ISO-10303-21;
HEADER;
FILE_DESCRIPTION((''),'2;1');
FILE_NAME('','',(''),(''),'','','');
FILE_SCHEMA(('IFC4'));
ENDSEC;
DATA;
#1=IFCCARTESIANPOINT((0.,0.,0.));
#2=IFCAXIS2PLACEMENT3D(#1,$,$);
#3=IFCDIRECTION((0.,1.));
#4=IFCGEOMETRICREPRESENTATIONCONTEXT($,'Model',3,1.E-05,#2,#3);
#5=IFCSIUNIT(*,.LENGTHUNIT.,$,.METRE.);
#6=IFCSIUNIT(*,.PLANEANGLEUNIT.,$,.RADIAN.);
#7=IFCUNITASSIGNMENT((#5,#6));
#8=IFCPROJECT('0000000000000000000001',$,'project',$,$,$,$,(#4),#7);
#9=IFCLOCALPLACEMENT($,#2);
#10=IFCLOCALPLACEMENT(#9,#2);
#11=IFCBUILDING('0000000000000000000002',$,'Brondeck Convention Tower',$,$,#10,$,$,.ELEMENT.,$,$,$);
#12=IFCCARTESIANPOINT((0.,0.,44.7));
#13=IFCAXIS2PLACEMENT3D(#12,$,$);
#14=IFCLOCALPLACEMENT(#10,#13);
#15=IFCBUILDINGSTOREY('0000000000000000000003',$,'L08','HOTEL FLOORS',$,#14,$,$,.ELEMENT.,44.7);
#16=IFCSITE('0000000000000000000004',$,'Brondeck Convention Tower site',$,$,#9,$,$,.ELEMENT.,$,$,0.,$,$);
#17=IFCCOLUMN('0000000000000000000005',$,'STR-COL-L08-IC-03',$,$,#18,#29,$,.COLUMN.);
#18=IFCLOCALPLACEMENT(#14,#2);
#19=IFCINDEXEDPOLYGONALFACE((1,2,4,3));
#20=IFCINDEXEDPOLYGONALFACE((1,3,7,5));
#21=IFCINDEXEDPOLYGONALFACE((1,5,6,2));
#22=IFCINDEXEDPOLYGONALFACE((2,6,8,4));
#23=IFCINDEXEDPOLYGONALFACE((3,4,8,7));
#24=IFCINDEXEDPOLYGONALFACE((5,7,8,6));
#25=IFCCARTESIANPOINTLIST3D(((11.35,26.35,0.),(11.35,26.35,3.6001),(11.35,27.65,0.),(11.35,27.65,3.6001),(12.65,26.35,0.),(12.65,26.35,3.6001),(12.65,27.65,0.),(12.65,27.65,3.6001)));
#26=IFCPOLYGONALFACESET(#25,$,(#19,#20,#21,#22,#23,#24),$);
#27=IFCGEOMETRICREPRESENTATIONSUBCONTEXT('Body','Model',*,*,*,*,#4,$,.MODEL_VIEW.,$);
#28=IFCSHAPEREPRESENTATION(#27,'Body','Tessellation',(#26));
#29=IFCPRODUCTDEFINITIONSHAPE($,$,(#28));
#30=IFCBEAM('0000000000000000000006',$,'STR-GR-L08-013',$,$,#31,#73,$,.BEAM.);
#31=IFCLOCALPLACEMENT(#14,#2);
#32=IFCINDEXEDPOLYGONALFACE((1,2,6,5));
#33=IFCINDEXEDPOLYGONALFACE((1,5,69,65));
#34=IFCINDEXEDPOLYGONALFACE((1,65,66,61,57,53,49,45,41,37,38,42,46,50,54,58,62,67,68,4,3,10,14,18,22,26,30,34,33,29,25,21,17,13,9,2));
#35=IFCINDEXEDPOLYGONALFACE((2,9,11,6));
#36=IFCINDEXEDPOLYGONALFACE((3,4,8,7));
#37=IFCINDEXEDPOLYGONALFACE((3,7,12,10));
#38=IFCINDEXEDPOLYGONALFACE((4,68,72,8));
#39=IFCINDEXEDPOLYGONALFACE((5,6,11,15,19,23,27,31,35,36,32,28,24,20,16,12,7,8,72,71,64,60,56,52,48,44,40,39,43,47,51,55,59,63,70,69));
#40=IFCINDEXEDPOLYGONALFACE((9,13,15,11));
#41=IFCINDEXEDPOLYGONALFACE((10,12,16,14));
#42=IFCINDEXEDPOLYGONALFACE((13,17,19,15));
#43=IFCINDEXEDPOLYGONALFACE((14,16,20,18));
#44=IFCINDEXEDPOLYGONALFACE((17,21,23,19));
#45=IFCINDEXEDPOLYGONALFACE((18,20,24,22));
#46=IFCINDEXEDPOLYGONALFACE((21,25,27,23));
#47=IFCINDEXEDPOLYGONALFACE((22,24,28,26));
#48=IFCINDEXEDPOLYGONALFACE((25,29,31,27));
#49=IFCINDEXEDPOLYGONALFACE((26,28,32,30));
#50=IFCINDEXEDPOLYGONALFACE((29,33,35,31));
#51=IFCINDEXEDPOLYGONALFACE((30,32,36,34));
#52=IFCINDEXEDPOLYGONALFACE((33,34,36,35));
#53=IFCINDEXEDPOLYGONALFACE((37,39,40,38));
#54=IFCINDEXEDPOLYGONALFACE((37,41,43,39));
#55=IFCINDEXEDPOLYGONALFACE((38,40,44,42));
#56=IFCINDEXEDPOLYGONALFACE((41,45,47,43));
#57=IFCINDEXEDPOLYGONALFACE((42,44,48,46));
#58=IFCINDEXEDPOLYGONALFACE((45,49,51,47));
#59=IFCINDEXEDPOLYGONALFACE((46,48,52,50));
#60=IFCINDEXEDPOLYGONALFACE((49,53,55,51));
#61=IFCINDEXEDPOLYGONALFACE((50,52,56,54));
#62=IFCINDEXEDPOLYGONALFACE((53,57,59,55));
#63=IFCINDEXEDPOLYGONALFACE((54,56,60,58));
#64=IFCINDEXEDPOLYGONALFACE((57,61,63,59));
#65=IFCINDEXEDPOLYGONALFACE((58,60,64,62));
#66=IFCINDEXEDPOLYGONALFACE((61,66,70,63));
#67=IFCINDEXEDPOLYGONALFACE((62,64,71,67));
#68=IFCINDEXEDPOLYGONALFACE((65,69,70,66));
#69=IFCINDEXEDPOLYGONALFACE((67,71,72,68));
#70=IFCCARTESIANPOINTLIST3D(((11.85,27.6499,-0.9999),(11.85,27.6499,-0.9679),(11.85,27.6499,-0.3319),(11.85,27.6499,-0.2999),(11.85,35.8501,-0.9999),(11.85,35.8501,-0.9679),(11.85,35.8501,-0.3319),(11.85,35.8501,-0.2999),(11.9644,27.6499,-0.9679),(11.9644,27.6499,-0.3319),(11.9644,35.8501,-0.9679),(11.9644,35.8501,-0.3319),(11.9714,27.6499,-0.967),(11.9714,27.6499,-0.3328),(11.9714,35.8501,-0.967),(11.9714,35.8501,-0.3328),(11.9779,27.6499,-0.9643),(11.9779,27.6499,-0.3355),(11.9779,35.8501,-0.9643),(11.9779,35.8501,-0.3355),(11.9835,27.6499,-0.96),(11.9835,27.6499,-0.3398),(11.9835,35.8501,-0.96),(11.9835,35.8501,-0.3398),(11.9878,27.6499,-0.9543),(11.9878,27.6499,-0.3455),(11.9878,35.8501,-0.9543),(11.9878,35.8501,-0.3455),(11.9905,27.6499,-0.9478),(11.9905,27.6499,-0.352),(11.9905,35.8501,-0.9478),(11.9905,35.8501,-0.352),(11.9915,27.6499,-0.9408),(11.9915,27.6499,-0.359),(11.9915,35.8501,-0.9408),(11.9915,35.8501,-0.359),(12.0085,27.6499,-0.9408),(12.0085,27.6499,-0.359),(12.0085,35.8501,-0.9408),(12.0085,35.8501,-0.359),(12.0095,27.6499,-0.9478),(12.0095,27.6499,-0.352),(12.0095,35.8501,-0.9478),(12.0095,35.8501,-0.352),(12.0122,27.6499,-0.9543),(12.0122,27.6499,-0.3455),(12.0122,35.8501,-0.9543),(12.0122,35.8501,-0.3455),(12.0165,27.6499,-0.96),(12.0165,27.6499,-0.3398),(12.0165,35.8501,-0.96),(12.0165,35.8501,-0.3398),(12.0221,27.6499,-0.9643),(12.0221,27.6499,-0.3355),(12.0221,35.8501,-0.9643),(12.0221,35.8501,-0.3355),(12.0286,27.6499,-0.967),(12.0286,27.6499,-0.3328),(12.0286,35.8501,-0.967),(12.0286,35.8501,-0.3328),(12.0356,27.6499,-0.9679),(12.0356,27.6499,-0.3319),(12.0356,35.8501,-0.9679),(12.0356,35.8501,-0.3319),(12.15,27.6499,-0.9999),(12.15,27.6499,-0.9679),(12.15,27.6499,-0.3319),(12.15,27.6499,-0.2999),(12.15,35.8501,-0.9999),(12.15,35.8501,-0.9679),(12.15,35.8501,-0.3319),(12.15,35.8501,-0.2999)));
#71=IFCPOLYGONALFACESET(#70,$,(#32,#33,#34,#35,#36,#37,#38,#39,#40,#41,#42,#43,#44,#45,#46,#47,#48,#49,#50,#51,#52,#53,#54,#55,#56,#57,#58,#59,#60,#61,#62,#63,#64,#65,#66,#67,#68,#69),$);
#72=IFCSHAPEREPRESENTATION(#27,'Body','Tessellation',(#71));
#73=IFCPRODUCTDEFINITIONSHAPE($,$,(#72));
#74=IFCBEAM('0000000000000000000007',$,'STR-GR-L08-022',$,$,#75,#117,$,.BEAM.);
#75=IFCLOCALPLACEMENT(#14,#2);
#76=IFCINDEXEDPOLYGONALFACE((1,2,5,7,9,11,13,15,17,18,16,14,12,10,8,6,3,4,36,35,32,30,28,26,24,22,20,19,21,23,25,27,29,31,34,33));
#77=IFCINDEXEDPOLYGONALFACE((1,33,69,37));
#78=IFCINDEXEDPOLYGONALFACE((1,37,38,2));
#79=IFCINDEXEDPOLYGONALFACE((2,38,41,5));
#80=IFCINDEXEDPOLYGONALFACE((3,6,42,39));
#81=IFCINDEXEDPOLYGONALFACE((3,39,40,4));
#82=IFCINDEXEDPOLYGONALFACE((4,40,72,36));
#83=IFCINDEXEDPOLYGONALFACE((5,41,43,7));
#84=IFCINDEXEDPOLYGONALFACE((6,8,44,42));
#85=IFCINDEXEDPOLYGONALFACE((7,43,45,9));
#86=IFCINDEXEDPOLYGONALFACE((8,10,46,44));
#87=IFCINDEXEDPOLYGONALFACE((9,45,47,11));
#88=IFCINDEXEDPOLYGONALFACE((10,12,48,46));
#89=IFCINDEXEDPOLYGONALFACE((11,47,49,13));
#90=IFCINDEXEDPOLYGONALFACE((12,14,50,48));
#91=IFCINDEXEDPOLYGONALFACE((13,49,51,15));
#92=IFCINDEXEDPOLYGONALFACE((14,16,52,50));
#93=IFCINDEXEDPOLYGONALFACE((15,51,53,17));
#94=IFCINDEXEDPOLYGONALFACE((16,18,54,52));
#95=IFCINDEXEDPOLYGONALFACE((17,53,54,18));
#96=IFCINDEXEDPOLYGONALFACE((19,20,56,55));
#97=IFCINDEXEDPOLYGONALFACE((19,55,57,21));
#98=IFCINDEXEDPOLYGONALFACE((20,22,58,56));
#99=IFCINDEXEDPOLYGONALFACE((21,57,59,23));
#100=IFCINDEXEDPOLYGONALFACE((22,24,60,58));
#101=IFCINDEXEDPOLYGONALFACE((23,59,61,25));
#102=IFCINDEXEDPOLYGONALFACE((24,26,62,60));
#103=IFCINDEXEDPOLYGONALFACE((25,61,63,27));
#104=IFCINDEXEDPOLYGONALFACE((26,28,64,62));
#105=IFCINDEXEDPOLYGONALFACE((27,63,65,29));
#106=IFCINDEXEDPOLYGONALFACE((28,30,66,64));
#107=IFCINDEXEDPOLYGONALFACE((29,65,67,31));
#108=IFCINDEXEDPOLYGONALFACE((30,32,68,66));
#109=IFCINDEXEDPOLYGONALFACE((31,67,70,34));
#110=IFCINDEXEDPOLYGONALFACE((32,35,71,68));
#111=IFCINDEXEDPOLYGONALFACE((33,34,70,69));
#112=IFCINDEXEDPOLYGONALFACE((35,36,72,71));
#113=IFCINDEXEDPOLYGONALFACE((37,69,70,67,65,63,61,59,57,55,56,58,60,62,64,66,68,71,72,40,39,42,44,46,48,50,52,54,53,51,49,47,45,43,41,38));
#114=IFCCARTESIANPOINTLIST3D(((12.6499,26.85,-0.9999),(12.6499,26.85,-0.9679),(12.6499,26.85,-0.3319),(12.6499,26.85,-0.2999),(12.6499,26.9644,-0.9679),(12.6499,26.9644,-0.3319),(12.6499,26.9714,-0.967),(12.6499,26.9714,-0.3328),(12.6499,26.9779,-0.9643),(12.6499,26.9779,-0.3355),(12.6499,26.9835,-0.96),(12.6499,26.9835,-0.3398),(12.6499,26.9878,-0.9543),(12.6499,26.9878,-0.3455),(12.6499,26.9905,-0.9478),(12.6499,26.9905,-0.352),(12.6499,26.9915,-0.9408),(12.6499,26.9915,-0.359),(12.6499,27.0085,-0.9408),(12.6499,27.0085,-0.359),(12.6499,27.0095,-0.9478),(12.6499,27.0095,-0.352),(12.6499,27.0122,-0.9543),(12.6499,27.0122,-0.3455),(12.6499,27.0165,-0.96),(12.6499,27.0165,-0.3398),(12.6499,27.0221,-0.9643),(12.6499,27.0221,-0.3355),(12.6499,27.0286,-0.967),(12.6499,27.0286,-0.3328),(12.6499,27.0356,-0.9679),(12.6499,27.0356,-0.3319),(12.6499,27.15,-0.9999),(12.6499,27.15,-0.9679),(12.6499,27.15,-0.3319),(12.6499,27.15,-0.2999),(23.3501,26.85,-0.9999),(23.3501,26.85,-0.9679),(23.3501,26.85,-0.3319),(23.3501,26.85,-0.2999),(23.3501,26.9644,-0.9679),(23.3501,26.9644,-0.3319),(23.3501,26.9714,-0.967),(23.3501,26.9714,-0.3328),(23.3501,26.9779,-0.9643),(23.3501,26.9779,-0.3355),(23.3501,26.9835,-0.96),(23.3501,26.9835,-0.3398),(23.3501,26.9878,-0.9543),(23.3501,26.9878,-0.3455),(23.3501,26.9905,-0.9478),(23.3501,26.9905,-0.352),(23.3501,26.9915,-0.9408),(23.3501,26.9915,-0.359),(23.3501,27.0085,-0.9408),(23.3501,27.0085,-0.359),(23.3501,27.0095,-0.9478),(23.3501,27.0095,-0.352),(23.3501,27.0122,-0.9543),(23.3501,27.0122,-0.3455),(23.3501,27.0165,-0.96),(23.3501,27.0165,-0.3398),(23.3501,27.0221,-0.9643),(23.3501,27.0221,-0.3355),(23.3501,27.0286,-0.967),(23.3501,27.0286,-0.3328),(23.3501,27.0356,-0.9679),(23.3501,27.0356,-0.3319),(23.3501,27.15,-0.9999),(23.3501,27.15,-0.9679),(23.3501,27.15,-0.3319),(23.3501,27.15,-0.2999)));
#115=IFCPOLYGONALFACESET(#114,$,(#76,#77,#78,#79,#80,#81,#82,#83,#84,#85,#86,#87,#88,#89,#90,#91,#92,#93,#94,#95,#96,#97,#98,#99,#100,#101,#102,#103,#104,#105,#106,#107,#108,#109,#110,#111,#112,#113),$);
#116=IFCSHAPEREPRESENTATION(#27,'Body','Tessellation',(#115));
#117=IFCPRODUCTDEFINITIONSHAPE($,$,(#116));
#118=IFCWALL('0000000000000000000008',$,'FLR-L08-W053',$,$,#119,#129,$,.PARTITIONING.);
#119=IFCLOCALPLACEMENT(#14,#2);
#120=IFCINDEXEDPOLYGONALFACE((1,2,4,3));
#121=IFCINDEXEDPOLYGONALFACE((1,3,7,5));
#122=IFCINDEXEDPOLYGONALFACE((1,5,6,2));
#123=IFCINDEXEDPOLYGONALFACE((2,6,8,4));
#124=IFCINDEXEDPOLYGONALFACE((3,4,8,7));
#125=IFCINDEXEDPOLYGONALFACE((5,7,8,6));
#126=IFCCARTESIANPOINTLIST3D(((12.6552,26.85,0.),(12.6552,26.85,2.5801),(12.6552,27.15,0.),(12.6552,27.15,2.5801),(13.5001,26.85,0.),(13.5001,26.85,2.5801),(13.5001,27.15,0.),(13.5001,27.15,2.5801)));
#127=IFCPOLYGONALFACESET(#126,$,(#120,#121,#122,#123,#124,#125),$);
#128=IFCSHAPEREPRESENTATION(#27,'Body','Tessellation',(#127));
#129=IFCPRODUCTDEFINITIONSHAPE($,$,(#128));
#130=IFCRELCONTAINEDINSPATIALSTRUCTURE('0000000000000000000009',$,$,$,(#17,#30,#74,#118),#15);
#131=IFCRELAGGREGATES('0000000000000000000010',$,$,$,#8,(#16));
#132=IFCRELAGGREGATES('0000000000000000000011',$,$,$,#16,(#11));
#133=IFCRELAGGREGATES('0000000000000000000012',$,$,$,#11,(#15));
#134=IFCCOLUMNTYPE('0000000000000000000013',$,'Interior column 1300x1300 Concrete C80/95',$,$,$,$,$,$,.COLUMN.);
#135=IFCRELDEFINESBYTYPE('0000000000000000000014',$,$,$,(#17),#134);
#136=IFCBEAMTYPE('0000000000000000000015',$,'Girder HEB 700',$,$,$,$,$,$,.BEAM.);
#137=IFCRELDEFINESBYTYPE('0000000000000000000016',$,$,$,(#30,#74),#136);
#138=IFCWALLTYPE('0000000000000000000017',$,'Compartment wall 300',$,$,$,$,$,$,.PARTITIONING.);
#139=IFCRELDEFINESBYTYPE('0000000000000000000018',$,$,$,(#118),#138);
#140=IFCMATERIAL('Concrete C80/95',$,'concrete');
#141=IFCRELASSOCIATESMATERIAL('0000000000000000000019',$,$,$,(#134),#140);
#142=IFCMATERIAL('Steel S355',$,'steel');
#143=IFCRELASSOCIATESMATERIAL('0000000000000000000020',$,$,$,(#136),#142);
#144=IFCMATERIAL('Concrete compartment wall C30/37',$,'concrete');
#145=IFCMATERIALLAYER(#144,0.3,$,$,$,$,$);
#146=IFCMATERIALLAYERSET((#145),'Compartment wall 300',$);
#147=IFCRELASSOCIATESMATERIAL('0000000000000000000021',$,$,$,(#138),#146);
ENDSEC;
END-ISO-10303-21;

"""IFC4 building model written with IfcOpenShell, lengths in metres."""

from ifc_helpers import new_model, si_unit, direction, frame, frame_2d, origin, origin_2d, place, context, subcontext, project, spatial, rectangle, i_section, extrude, material, layer, layer_set, material_profile, profile_set, type_object, element, save


model = new_model("IFC4")

# Units and contexts
model_context = context("Model", 3, precision=1e-05, world=origin(), true_north=direction((0.0, 1.0)))
body_context = subcontext(model_context, "Body", "Model", "MODEL_VIEW")
ifc_project = project(units=[si_unit("LENGTHUNIT", "METRE"), si_unit("PLANEANGLEUNIT", "RADIAN")], contexts=[model_context])

# Site, building, storey
site_placement = place(None, origin())
site = spatial("IfcSite", under=ifc_project, at=site_placement, Name="Brondeck Convention Tower site", CompositionType="ELEMENT", RefElevation=0.0)
building_placement = place(site_placement, origin())
building = spatial("IfcBuilding", under=site, at=building_placement, Name="Brondeck Convention Tower", CompositionType="ELEMENT")
storey_placement = place(building_placement, frame((0.0, 0.0, 44.7)))
storey = spatial("IfcBuildingStorey", under=building, at=storey_placement, Name="L08", Description="HOTEL FLOORS", CompositionType="ELEMENT", Elevation=44.7)

# Column
ifc_material_1 = material(Name="Concrete C80/95", Category="concrete")
ifc_material_profile_1 = material_profile(ifc_material_1, rectangle(XDim=1.3, YDim=1.3, at=origin_2d()), Name="Interior column 1300x1300 Concrete C80/95")
ifc_profile_set_1 = profile_set([ifc_material_profile_1], Name="Concrete C80/95")
column_type = type_object("IfcColumnType", Name="Interior column 1300x1300 Concrete C80/95", PredefinedType="COLUMN", material=ifc_profile_set_1)
column_placement = place(storey_placement, frame((12.0, 27.0, 0.0), z_axis=(0.0, 0.0, 1.0), x_axis=(1.0, 0.0, 0.0)))
element("IfcColumn", 1, at=column_placement, inside=storey, type_object=column_type, Name="STR-COL-L08-IC-03", PredefinedType="COLUMN", context=body_context, shape_type="SweptSolid", body=[
    extrude(rectangle(XDim=1.3, YDim=1.3, at=origin_2d()), origin(), (0.0, 0.0, 1.0), 3.6001),
])

# Beams
ifc_material_2 = material(Name="Steel S355", Category="steel")
ifc_material_profile_2 = material_profile(ifc_material_2, i_section(OverallWidth=0.3, OverallDepth=0.7, WebThickness=0.0171, FlangeThickness=0.032, FilletRadius=0.0271, at=origin_2d()), Name="HEB 700")
ifc_profile_set_2 = profile_set([ifc_material_profile_2], Name="Steel S355")
beam_type = type_object("IfcBeamType", Name="Girder HEB 700", PredefinedType="BEAM", material=ifc_profile_set_2)
beam_1_placement = place(storey_placement, frame((12.0, 35.8501, -0.6499), z_axis=(0.0, -1.0, 0.0), x_axis=(1.0, 0.0, 0.0)))
element("IfcBeam", 2, at=beam_1_placement, inside=storey, type_object=beam_type, Name="STR-GR-L08-013", PredefinedType="BEAM", context=body_context, shape_type="SweptSolid", body=[
    extrude(i_section(OverallWidth=0.3, OverallDepth=0.7, WebThickness=0.0171, FlangeThickness=0.032, FilletRadius=0.0271, at=origin_2d()), origin(), (0.0, 0.0, 1.0), 8.2002),
])
beam_2_placement = place(storey_placement, frame((12.6499, 27.0, -0.6499), z_axis=(1.0, 0.0, 0.0), x_axis=(0.0, 1.0, 0.0)))
element("IfcBeam", 3, at=beam_2_placement, inside=storey, type_object=beam_type, Name="STR-GR-L08-022", PredefinedType="BEAM", context=body_context, shape_type="SweptSolid", body=[
    extrude(i_section(OverallWidth=0.3, OverallDepth=0.7, WebThickness=0.0171, FlangeThickness=0.032, FilletRadius=0.0271, at=origin_2d()), origin(), (0.0, 0.0, 1.0), 10.7002),
])

# Wall
ifc_material_3 = material(Name="Concrete compartment wall C30/37", Category="concrete")
ifc_layer_1 = layer(ifc_material_3, 0.3)
ifc_layer_set_1 = layer_set([ifc_layer_1], Name="Compartment wall 300")
wall_type_1 = type_object("IfcWallType", Name="Compartment wall 300", PredefinedType="PARTITIONING", material=ifc_layer_set_1)
wall_1_placement = place(storey_placement, frame((13.5, 27.0, 0.0), z_axis=(0.0, 0.0, 1.0), x_axis=(-1.0, 0.0, 0.0)))
element("IfcWall", 4, at=wall_1_placement, inside=storey, type_object=wall_type_1, Name="FLR-L08-W053", PredefinedType="PARTITIONING", context=body_context, shape_type="SweptSolid", body=[
    extrude(rectangle(XDim=0.845, YDim=0.3, at=frame_2d((0.4224, 0.0))), origin(), (0.0, 0.0, 1.0), 2.5801),
])

save(model, "model.ifc")
